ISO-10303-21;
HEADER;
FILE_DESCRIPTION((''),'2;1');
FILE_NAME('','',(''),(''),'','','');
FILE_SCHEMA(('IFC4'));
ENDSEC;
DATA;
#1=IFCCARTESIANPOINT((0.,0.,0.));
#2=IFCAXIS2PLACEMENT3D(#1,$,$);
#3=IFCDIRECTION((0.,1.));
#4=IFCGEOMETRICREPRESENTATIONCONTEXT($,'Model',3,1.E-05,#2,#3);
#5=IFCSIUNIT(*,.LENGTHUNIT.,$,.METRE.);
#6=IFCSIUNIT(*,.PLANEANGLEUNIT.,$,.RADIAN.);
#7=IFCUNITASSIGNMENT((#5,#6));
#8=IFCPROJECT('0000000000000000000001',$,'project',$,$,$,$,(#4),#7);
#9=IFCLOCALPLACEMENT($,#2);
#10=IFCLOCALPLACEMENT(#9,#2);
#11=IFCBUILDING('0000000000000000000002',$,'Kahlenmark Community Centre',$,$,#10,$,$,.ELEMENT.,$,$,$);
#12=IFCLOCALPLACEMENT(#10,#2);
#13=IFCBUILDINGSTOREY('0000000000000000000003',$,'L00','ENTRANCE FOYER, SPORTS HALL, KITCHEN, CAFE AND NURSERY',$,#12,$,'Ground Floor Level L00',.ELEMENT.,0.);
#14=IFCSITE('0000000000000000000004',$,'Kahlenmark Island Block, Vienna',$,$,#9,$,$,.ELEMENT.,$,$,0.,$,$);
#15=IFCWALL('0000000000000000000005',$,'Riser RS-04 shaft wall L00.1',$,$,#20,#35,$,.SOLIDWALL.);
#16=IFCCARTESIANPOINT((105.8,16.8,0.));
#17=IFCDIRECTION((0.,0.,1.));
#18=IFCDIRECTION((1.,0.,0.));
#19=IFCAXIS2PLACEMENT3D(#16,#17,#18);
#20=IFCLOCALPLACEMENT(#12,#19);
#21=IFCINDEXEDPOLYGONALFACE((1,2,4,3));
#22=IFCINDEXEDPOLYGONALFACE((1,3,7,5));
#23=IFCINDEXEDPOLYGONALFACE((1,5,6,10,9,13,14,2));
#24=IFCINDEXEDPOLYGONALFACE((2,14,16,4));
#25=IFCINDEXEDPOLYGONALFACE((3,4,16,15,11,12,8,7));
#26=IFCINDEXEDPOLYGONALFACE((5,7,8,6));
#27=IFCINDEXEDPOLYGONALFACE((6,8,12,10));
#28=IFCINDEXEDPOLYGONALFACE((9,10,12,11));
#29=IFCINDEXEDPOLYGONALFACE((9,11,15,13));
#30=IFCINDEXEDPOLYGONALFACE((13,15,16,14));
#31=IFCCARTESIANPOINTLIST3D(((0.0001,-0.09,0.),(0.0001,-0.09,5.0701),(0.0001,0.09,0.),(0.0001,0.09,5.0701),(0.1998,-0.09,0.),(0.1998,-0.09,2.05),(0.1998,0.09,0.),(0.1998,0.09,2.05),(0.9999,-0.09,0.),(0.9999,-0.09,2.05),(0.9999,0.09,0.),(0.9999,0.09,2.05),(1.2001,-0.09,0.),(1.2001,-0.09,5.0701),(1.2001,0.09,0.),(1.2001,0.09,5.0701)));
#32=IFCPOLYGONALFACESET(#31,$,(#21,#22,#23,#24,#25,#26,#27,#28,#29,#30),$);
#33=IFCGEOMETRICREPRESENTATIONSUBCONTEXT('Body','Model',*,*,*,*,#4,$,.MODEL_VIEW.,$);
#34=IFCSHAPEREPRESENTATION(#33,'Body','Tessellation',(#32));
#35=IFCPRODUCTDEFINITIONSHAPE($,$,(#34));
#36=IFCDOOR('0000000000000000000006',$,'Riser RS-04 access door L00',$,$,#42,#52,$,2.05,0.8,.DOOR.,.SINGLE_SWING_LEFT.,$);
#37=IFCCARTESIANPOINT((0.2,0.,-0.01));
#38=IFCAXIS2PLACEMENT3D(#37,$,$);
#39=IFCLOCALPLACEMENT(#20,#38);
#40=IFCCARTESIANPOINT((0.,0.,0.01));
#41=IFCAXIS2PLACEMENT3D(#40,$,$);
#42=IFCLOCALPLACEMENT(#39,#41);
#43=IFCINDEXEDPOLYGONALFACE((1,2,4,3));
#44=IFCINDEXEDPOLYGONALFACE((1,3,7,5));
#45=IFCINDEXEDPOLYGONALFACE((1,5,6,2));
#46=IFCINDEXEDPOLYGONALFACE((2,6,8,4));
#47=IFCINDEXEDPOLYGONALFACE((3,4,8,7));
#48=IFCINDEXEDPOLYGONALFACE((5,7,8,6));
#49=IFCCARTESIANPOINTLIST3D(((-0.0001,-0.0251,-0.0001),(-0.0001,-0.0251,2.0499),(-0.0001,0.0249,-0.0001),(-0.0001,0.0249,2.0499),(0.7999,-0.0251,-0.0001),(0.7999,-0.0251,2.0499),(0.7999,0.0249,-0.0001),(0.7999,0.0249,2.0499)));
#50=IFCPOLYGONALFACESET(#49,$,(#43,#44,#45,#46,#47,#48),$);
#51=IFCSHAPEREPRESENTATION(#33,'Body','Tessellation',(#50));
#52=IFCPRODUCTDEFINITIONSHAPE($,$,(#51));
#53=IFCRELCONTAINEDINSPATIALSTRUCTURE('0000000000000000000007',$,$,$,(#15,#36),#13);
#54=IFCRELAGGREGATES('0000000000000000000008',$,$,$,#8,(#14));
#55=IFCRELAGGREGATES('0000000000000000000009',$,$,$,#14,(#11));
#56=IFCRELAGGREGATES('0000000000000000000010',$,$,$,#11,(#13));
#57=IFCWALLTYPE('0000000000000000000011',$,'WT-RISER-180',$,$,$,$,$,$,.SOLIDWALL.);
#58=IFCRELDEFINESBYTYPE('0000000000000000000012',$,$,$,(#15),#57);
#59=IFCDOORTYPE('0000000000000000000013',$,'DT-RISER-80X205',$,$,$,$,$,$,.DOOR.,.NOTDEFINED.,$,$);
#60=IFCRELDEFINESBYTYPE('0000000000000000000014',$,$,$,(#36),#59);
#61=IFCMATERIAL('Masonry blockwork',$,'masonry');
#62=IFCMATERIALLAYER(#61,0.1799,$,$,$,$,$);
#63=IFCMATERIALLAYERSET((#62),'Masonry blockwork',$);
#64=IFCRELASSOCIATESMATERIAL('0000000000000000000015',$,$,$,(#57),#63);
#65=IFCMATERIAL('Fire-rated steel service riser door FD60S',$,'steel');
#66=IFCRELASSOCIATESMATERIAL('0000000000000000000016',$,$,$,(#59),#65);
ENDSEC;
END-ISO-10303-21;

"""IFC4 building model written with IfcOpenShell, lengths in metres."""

from ifc_helpers import new_model, si_unit, direction, frame, frame_2d, origin, place, context, subcontext, project, spatial, rectangle, extrude, material, layer, layer_set, type_object, element, fill, save


model = new_model("IFC4")

# Units and contexts
model_context = context("Model", 3, precision=1e-05, world=origin(), true_north=direction((0.0, 1.0)))
body_context = subcontext(model_context, "Body", "Model", "MODEL_VIEW")
ifc_project = project(units=[si_unit("LENGTHUNIT", "METRE"), si_unit("PLANEANGLEUNIT", "RADIAN")], contexts=[model_context])

# Site, building, storey
site_placement = place(None, origin())
site = spatial("IfcSite", under=ifc_project, at=site_placement, Name="Kahlenmark Island Block, Vienna", CompositionType="ELEMENT", RefElevation=0.0)
building_placement = place(site_placement, origin())
building = spatial("IfcBuilding", under=site, at=building_placement, Name="Kahlenmark Community Centre", CompositionType="ELEMENT")
storey_placement = place(building_placement, origin())
storey = spatial("IfcBuildingStorey", under=building, at=storey_placement, Name="L00", Description="ENTRANCE FOYER, SPORTS HALL, KITCHEN, CAFE AND NURSERY", LongName="Ground Floor Level L00", CompositionType="ELEMENT", Elevation=0.0)

# Wall, opening, door
ifc_material_1 = material(Name="Masonry blockwork", Category="masonry")
ifc_layer_1 = layer(ifc_material_1, 0.1799)
ifc_layer_set_1 = layer_set([ifc_layer_1], Name="Masonry blockwork")
wall_type_1 = type_object("IfcWallType", Name="WT-RISER-180", PredefinedType="SOLIDWALL", material=ifc_layer_set_1)
wall_1_placement = place(storey_placement, frame((105.8, 16.8, 0.0), z_axis=(0.0, 0.0, 1.0), x_axis=(1.0, 0.0, 0.0)))
wall_1 = element("IfcWall", 1, at=wall_1_placement, inside=storey, type_object=wall_type_1, Name="Riser RS-04 shaft wall L00.1", PredefinedType="SOLIDWALL", context=body_context, shape_type="SweptSolid", body=[
    extrude(rectangle(XDim=1.2, YDim=0.1799, at=frame_2d((0.6001, 0.0))), origin(), (0.0, 0.0, 1.0), 5.0701),
])
opening_1_placement = place(wall_1_placement, frame((0.2, 0.0, -0.01)))
opening_1 = element("IfcOpeningElement", 2, at=opening_1_placement, cuts=wall_1, PredefinedType="OPENING", context=body_context, shape_type="SweptSolid", body=[
    extrude(rectangle(XDim=0.8, YDim=2.0601, at=frame_2d((0.3999, 1.03))), frame((0.0, 0.0999, 0.0), z_axis=(0.0, -1.0, 0.0), x_axis=(1.0, 0.0, 0.0)), (0.0, 0.0, 1.0), 0.2),
])
ifc_material_2 = material(Name="Fire-rated steel service riser door FD60S", Category="steel")
door_type_1 = type_object("IfcDoorType", Name="DT-RISER-80X205", OperationType="NOTDEFINED", PredefinedType="DOOR", material=ifc_material_2)
door_1_placement = place(opening_1_placement, frame((0.0, 0.0, 0.01)))
door_1 = element("IfcDoor", 3, at=door_1_placement, inside=storey, type_object=door_type_1, Name="Riser RS-04 access door L00", OperationType="SINGLE_SWING_LEFT", OverallHeight=2.05, OverallWidth=0.8, PredefinedType="DOOR", context=body_context, shape_type="SweptSolid", body=[
    extrude(rectangle(XDim=0.8, YDim=2.05, at=frame_2d((0.3999, 1.0249))), frame((0.0, 0.0249, 0.0), z_axis=(0.0, -1.0, 0.0), x_axis=(1.0, 0.0, 0.0)), (0.0, 0.0, 1.0), 0.05),
])
fill(opening_1, door_1)

save(model, "model.ifc")
